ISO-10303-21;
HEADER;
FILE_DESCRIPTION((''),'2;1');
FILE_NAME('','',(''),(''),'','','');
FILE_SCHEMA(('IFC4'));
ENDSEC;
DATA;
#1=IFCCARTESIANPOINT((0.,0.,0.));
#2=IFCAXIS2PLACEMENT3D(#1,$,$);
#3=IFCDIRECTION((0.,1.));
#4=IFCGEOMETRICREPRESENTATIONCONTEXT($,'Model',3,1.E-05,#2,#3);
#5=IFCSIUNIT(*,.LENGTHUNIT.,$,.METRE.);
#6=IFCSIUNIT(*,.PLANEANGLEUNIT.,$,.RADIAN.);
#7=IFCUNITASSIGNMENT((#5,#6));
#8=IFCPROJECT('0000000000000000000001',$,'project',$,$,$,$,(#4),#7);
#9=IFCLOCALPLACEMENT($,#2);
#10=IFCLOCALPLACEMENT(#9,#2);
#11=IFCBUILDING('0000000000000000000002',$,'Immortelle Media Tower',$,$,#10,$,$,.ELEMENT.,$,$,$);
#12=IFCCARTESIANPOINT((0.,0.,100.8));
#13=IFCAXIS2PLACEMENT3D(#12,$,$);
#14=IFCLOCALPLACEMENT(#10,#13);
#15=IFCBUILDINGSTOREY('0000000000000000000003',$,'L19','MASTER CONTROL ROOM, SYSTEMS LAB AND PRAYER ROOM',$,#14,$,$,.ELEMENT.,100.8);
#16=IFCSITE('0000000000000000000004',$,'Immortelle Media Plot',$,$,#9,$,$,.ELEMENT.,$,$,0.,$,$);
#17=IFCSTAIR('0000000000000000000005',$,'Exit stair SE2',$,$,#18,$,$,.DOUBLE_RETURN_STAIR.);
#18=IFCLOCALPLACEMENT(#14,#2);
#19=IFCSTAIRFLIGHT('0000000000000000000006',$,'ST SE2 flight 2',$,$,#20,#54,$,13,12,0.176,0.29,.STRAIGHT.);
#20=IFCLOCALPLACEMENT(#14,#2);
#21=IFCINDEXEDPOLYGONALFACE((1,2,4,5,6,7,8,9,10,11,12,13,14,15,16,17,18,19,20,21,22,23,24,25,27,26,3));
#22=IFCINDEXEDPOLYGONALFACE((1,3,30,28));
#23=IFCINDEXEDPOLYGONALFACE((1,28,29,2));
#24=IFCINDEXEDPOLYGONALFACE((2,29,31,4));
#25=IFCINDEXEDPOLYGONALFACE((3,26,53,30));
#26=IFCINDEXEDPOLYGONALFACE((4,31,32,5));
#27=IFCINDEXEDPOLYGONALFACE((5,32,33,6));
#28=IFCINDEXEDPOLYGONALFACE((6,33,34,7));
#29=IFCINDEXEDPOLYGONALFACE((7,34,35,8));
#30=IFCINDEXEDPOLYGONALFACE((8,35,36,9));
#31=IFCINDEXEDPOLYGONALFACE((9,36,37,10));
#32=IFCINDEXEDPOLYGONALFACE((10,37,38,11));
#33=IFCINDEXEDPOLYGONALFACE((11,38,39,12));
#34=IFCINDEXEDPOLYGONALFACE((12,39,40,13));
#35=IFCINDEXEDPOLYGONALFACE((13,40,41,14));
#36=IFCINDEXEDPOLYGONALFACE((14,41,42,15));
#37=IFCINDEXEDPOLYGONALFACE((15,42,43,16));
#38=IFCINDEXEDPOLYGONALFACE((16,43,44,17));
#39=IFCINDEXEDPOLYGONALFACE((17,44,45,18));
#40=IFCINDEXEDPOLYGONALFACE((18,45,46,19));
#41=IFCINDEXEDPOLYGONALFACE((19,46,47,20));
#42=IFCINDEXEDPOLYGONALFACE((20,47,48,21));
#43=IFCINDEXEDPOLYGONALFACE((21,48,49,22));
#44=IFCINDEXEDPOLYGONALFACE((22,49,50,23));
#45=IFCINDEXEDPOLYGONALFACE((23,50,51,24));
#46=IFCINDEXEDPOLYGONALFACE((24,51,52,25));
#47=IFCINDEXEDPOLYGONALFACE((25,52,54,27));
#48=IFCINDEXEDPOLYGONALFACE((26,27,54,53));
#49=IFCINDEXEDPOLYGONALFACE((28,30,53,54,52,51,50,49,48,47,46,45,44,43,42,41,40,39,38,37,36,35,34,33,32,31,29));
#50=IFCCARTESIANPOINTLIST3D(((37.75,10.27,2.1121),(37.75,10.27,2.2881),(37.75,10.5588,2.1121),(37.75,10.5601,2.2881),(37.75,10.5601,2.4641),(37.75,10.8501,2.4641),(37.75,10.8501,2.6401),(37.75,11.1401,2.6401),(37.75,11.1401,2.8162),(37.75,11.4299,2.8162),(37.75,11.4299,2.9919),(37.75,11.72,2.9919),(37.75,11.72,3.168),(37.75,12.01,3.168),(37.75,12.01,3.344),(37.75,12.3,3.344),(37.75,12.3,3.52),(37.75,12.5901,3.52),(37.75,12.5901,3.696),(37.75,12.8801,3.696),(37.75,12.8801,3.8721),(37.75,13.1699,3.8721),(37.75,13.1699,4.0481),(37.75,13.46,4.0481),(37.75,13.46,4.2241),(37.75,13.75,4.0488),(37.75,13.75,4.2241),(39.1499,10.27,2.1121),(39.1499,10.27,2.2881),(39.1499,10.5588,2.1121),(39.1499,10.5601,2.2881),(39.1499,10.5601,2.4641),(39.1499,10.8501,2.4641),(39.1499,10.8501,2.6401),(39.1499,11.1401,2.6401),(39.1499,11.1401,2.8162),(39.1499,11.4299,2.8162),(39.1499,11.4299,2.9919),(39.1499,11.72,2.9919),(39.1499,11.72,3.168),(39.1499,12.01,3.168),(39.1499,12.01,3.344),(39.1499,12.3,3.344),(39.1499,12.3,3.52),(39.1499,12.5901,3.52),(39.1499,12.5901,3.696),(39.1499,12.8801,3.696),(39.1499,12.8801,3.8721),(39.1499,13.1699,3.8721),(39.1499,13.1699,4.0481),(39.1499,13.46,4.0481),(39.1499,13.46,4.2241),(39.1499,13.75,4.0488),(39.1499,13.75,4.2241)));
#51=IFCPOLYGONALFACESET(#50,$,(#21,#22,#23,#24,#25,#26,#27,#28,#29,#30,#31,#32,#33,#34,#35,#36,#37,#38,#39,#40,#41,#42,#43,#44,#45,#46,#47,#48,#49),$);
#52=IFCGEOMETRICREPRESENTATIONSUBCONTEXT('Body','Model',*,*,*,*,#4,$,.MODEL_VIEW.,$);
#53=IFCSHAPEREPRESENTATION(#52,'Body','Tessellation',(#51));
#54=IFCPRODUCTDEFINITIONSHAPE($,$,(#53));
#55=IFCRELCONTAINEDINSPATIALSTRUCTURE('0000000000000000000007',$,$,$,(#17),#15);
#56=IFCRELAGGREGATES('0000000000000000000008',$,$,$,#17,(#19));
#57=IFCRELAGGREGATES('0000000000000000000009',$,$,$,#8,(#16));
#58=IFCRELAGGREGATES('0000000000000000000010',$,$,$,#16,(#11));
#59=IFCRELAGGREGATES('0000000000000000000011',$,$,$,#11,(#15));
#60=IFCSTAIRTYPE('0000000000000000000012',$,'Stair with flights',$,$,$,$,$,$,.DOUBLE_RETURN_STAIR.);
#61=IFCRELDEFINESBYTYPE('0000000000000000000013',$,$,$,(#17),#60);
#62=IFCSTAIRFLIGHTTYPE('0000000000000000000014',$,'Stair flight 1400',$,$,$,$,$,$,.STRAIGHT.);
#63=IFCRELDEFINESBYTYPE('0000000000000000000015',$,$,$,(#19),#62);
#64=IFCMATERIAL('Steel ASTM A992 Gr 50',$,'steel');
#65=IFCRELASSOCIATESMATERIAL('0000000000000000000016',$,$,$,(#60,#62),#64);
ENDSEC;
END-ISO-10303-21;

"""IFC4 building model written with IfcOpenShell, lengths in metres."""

from ifc_helpers import new_model, si_unit, direction, frame, origin, place, context, subcontext, project, spatial, polyline, outline, extrude, material, type_object, element, aggregate, save


model = new_model("IFC4")

# Units and contexts
model_context = context("Model", 3, precision=1e-05, world=origin(), true_north=direction((0.0, 1.0)))
body_context = subcontext(model_context, "Body", "Model", "MODEL_VIEW")
ifc_project = project(units=[si_unit("LENGTHUNIT", "METRE"), si_unit("PLANEANGLEUNIT", "RADIAN")], contexts=[model_context])

# Site, building, storey
site_placement = place(None, origin())
site = spatial("IfcSite", under=ifc_project, at=site_placement, Name="Immortelle Media Plot", CompositionType="ELEMENT", RefElevation=0.0)
building_placement = place(site_placement, origin())
building = spatial("IfcBuilding", under=site, at=building_placement, Name="Immortelle Media Tower", CompositionType="ELEMENT")
storey_placement = place(building_placement, frame((0.0, 0.0, 100.8)))
storey = spatial("IfcBuildingStorey", under=building, at=storey_placement, Name="L19", Description="MASTER CONTROL ROOM, SYSTEMS LAB AND PRAYER ROOM", CompositionType="ELEMENT", Elevation=100.8)

# Shared definitions
ifc_material_1 = material(Name="Steel ASTM A992 Gr 50", Category="steel")

# Shared definitions
stair_type = type_object("IfcStairType", Name="Stair with flights", PredefinedType="DOUBLE_RETURN_STAIR", material=ifc_material_1)
stair_flight_type = type_object("IfcStairFlightType", Name="Stair flight 1400", PredefinedType="STRAIGHT", material=ifc_material_1)

# Stair, stair flight
stair_1_placement = place(storey_placement, origin())
stair_1 = element("IfcStair", 1, at=stair_1_placement, inside=storey, type_object=stair_type, Name="Exit stair SE2", PredefinedType="DOUBLE_RETURN_STAIR")
stair_flight_1_placement = place(storey_placement, frame((38.45, 10.27, 2.1121), z_axis=(0.0, 0.0, 1.0), x_axis=(0.0, 1.0, 0.0)))
stair_flight_1 = element("IfcStairFlight", 2, at=stair_flight_1_placement, type_object=stair_flight_type, Name="ST SE2 flight 2", NumberOfRisers=13, NumberOfTreads=12, PredefinedType="STRAIGHT", RiserHeight=0.176, TreadLength=0.29, context=body_context, shape_type="SweptSolid", body=[
    extrude(outline(polyline([(0.0, 0.0), (0.0, 0.176), (0.29, 0.176), (0.29, 0.3521), (0.5801, 0.3521), (0.5801, 0.5281), (0.8701, 0.5281), (0.8701, 0.7041), (1.1599, 0.7041), (1.1599, 0.8799), (1.45, 0.8799), (1.45, 1.0559), (1.74, 1.0559), (1.74, 1.2319), (2.03, 1.2319), (2.03, 1.408), (2.3201, 1.408), (2.3201, 1.584), (2.6101, 1.584), (2.6101, 1.76), (2.8999, 1.76), (2.8999, 1.936), (3.1899, 1.936), (3.1899, 2.1121), (3.48, 2.1121), (3.48, 2.2881), (3.48, 1.9368), (0.2888, 0.0), (0.0, 0.0)])), frame((0.0, 0.7, 0.0), z_axis=(0.0, -1.0, 0.0), x_axis=(1.0, 0.0, 0.0)), (0.0, 0.0, 1.0), 1.3999),
])
aggregate(stair_1, [stair_flight_1])

save(model, "model.ifc")
